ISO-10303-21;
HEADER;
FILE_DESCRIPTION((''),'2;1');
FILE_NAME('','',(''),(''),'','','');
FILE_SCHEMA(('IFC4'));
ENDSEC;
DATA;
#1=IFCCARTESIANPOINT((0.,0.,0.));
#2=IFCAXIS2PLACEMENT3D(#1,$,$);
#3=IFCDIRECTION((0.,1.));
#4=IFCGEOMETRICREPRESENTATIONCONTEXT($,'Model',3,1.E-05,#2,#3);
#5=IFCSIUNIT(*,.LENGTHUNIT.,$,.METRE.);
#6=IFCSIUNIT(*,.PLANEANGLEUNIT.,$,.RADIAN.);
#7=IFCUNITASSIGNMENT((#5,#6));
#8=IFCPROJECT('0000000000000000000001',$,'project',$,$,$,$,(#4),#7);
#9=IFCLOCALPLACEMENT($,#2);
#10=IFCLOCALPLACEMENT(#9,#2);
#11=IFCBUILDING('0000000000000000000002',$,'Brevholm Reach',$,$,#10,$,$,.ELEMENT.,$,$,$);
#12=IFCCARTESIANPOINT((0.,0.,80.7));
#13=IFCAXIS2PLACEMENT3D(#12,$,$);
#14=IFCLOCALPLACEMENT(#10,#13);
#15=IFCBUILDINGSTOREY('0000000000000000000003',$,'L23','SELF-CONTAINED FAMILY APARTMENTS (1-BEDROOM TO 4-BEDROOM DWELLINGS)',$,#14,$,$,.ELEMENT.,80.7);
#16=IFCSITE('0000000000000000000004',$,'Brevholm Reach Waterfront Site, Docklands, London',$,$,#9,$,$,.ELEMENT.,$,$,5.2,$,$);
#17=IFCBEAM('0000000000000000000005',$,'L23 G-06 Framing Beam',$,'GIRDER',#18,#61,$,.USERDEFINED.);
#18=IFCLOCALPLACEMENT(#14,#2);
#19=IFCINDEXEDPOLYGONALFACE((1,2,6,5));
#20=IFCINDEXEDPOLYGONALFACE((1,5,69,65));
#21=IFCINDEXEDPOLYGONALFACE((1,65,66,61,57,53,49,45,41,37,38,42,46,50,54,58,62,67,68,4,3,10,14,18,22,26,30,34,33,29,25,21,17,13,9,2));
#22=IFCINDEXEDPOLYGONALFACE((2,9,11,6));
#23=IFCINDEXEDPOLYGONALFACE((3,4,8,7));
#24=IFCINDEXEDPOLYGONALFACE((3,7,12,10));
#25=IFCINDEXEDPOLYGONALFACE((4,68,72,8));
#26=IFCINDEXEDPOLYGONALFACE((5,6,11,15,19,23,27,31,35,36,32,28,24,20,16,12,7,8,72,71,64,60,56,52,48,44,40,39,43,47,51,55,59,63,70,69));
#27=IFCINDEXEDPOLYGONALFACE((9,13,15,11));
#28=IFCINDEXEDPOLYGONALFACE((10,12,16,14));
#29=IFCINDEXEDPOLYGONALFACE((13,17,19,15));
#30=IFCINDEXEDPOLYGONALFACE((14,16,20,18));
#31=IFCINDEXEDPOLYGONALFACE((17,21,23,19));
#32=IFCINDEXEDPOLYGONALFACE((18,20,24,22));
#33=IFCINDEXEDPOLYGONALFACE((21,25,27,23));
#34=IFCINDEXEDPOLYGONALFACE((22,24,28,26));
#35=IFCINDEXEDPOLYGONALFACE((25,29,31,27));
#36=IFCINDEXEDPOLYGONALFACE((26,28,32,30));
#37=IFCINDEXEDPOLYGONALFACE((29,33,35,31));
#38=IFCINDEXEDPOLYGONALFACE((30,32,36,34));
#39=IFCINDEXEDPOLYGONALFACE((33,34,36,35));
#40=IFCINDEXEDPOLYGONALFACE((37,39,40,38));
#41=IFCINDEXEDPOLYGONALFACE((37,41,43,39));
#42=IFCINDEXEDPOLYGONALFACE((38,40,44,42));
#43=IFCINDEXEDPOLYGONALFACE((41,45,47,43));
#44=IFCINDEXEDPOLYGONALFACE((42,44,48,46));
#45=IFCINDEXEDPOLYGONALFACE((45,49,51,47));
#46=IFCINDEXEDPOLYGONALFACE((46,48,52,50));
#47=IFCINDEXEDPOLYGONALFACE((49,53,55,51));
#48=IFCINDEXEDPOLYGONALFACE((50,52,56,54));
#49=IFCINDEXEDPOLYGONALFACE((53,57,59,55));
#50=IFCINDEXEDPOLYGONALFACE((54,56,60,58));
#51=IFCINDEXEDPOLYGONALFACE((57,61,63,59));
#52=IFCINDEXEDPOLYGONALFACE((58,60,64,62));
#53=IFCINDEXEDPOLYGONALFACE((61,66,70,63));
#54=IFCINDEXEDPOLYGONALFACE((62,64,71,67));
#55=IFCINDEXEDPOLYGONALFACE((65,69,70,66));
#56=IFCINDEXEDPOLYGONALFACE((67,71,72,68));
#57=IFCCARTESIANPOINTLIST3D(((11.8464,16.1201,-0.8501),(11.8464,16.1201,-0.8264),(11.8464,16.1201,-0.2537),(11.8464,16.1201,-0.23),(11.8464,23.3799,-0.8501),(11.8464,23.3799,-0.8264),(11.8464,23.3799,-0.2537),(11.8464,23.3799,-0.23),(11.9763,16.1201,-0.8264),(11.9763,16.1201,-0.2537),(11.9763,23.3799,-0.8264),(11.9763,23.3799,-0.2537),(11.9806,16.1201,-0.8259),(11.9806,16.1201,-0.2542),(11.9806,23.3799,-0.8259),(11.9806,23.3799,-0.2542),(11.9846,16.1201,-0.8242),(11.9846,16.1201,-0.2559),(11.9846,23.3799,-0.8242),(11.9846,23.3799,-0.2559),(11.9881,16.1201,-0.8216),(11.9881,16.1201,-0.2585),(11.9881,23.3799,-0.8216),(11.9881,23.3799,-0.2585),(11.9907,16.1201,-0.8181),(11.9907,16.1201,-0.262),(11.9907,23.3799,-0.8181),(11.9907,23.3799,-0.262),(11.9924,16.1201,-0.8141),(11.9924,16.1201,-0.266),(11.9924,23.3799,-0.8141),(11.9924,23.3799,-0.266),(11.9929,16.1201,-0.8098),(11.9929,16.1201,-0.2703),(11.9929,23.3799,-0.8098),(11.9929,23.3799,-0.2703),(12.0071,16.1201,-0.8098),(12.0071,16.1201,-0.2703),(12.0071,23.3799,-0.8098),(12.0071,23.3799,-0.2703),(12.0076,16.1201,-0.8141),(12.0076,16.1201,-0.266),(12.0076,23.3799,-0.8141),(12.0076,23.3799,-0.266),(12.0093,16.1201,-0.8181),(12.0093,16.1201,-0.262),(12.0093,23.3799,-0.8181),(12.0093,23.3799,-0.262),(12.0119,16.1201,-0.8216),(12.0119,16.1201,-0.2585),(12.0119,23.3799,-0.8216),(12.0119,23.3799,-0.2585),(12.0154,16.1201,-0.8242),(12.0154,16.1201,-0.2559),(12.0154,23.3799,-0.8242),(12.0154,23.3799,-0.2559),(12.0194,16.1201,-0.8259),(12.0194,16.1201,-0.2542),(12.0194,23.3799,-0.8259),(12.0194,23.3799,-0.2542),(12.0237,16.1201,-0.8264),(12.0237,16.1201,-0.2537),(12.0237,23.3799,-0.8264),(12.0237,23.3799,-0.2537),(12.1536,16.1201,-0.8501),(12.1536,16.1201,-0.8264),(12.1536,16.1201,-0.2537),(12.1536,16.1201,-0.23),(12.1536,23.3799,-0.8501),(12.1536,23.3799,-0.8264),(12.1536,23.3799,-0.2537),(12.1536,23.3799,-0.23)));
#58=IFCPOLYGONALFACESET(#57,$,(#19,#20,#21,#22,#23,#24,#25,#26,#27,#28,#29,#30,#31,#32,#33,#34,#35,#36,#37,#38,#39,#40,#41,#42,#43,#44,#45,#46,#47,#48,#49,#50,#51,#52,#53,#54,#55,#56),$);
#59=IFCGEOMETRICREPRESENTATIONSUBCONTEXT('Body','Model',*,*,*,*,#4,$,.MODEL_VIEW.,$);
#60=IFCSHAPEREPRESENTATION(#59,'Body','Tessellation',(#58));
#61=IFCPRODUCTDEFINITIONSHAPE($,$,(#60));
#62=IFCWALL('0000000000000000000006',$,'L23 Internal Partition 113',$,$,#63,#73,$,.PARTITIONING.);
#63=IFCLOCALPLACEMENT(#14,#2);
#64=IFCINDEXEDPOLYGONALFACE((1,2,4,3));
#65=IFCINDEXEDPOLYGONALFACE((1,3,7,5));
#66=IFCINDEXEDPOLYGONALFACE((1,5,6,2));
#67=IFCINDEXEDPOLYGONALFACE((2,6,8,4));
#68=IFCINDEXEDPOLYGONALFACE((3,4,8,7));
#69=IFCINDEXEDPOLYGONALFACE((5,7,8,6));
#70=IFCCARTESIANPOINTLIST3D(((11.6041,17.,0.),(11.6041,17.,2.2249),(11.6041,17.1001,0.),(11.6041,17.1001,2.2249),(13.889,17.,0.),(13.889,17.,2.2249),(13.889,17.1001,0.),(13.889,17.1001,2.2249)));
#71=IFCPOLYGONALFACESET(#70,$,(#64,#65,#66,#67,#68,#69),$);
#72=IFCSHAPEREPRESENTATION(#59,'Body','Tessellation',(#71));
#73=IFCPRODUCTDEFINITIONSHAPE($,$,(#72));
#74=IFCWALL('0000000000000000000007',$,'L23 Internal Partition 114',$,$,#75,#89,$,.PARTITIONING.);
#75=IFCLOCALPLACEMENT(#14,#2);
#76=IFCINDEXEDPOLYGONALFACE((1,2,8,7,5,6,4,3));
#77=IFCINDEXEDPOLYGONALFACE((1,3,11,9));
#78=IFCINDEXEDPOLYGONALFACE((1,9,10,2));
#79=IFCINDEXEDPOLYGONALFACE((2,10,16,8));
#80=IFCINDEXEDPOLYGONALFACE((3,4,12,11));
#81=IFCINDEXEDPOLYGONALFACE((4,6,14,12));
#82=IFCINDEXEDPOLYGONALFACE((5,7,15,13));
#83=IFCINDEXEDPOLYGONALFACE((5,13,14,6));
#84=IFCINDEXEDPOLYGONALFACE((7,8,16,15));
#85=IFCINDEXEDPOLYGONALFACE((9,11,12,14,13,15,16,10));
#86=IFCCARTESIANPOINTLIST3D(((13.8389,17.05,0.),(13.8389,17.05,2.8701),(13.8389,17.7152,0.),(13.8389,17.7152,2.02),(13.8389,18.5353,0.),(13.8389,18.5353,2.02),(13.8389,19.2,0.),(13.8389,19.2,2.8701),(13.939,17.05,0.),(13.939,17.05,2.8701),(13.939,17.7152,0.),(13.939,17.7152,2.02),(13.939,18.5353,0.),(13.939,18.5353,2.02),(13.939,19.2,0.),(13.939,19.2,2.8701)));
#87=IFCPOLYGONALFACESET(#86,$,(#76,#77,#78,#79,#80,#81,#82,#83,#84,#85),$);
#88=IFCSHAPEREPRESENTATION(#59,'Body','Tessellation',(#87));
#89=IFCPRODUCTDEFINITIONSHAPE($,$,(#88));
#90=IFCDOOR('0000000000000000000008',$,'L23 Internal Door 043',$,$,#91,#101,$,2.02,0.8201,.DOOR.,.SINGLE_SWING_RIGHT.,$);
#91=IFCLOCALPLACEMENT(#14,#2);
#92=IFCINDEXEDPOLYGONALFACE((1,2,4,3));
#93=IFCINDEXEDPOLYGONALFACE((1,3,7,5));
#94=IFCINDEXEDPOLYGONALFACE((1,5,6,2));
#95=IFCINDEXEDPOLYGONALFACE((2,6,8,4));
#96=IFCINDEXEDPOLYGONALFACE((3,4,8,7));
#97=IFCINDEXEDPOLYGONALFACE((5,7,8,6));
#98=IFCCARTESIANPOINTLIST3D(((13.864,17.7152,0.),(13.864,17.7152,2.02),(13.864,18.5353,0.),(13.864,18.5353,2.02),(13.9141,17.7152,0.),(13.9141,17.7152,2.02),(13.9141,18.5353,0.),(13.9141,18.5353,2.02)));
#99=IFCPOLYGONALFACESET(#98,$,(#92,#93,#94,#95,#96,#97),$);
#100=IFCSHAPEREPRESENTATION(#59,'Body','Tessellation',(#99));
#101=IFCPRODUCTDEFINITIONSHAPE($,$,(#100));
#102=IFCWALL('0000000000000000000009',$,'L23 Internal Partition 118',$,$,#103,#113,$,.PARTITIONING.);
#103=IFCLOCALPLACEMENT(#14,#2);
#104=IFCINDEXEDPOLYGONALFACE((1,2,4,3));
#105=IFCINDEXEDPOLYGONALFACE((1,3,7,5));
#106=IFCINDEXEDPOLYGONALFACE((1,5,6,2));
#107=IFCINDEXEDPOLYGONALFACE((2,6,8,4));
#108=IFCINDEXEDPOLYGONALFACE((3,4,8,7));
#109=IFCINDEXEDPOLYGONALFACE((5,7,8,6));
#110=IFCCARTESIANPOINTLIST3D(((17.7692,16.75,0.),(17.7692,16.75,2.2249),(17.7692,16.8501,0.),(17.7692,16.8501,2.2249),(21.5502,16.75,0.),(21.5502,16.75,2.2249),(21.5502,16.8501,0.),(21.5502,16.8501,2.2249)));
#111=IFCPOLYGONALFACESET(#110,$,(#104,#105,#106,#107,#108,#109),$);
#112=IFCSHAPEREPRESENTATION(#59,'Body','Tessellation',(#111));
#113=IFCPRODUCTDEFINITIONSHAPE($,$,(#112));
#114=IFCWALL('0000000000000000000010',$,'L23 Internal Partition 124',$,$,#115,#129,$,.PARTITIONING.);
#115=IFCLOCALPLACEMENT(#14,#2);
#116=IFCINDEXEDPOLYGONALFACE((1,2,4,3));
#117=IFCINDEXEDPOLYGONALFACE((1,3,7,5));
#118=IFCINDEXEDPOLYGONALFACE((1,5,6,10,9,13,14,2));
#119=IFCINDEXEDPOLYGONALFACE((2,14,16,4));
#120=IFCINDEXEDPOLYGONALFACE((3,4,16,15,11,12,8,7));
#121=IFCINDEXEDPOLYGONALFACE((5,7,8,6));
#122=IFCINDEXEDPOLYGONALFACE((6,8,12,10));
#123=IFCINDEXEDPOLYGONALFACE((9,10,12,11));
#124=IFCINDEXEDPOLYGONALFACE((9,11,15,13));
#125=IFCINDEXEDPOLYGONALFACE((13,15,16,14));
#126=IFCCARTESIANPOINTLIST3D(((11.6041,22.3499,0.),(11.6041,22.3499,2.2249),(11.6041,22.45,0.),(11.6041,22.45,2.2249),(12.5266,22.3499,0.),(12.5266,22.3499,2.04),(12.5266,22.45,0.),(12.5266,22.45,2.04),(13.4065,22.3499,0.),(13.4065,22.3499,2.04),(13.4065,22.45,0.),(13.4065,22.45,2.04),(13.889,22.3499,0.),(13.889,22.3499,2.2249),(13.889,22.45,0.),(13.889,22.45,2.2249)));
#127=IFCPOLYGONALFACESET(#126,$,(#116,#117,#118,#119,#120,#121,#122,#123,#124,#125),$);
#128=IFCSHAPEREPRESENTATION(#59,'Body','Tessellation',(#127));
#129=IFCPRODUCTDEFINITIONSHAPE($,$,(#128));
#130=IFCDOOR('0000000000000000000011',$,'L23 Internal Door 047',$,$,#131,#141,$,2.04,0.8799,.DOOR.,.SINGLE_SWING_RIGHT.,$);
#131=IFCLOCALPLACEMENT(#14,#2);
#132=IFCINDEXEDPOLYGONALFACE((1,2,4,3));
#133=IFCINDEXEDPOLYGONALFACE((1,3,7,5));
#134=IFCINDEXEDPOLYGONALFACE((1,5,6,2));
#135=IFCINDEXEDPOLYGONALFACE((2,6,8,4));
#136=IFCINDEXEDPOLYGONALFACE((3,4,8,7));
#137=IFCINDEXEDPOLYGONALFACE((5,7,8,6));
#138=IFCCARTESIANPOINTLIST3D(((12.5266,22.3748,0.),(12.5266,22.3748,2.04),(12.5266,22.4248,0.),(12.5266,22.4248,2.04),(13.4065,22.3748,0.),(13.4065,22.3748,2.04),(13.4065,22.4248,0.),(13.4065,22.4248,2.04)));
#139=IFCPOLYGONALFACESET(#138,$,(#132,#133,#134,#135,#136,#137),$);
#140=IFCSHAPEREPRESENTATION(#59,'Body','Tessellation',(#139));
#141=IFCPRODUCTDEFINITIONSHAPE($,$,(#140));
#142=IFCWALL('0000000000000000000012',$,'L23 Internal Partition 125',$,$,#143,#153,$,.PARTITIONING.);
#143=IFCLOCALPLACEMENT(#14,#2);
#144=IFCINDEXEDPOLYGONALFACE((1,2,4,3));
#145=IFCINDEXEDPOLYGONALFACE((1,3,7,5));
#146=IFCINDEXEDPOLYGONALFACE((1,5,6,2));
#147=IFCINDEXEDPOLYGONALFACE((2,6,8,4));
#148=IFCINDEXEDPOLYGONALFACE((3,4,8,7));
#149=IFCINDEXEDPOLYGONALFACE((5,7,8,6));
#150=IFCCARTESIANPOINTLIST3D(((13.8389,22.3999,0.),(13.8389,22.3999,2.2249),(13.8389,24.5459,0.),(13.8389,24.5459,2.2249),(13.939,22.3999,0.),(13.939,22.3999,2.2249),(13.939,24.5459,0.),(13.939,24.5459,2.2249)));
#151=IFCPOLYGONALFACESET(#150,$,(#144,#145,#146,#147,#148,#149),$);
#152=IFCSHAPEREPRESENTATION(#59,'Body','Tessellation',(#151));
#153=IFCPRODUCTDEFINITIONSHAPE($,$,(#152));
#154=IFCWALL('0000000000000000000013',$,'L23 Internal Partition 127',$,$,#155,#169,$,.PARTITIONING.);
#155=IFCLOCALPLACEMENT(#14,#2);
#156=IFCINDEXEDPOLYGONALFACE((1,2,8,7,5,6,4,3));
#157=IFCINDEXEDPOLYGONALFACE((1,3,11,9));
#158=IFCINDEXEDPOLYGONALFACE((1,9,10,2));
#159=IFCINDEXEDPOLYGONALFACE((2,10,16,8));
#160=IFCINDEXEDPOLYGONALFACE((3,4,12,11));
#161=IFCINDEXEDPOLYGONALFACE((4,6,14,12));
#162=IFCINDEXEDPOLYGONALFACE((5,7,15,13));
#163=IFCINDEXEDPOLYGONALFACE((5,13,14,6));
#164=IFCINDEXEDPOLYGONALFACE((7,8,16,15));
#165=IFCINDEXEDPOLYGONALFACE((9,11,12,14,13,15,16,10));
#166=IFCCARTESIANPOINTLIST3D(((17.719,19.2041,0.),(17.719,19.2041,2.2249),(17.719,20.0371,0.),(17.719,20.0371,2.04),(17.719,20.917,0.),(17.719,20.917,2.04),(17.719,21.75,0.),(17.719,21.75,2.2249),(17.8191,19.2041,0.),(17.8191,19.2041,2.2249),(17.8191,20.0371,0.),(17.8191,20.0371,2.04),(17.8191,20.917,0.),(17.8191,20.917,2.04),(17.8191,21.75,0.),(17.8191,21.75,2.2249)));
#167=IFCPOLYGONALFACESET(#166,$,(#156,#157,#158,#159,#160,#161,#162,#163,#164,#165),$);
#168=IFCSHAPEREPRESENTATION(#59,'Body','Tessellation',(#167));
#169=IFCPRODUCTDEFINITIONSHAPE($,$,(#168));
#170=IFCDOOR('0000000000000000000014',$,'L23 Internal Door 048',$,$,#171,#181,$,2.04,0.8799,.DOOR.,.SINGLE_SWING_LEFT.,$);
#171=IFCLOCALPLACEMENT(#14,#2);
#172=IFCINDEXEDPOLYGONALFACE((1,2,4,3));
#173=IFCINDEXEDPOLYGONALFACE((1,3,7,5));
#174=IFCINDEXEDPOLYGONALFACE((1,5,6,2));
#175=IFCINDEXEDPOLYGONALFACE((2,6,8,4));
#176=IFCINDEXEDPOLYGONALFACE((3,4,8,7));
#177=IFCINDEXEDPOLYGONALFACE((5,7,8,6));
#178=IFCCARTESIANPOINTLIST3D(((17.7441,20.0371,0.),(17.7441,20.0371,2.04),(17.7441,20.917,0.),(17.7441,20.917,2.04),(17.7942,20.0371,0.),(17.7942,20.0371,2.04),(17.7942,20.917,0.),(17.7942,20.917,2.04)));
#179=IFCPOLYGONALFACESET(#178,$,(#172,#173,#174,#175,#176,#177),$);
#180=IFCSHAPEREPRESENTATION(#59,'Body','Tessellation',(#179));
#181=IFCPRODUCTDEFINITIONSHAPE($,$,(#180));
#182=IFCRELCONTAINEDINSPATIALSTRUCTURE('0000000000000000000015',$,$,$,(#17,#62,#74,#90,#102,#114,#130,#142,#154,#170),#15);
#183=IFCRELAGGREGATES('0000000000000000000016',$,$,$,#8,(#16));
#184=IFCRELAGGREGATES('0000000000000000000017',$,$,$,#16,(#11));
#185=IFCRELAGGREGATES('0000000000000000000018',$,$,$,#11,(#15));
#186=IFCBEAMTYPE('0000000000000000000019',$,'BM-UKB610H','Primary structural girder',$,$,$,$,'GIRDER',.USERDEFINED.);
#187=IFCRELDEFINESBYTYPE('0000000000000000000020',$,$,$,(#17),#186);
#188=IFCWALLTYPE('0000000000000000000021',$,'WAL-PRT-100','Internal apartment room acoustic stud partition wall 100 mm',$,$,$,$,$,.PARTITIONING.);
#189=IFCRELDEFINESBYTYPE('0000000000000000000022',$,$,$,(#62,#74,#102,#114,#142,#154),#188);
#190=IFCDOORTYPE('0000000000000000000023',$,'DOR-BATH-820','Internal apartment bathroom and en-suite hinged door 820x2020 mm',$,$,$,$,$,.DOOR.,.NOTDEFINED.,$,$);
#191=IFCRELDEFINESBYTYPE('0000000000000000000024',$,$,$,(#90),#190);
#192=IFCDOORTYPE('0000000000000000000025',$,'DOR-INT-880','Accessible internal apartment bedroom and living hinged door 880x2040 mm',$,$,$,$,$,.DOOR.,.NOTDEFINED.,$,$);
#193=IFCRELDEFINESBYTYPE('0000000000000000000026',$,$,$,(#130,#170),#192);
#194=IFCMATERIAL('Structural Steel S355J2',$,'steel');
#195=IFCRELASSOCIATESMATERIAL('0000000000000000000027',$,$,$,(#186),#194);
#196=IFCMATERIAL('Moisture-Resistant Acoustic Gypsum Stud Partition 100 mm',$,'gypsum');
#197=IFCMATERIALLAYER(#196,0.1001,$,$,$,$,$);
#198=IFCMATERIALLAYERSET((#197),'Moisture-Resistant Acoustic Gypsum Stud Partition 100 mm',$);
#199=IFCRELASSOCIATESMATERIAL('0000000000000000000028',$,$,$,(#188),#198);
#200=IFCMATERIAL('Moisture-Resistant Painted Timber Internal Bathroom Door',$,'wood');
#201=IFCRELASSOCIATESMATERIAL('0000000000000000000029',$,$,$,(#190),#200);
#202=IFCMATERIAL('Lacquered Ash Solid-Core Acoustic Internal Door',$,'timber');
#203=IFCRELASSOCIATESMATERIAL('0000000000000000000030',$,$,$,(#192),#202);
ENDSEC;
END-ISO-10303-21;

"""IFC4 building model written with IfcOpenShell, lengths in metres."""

from ifc_helpers import new_model, si_unit, direction, frame, frame_2d, origin, origin_2d, place, context, subcontext, project, spatial, rectangle, i_section, extrude, material, layer, layer_set, material_profile, profile_set, type_object, element, fill, save


model = new_model("IFC4")

# Units and contexts
model_context = context("Model", 3, precision=1e-05, world=origin(), true_north=direction((0.0, 1.0)))
body_context = subcontext(model_context, "Body", "Model", "MODEL_VIEW")
ifc_project = project(units=[si_unit("LENGTHUNIT", "METRE"), si_unit("PLANEANGLEUNIT", "RADIAN")], contexts=[model_context])

# Site, building, storey
site_placement = place(None, origin())
site = spatial("IfcSite", under=ifc_project, at=site_placement, Name="Brevholm Reach Waterfront Site, Docklands, London", CompositionType="ELEMENT", RefElevation=5.2)
building_placement = place(site_placement, origin())
building = spatial("IfcBuilding", under=site, at=building_placement, Name="Brevholm Reach", CompositionType="ELEMENT")
storey_placement = place(building_placement, frame((0.0, 0.0, 80.7)))
storey = spatial("IfcBuildingStorey", under=building, at=storey_placement, Name="L23", Description="SELF-CONTAINED FAMILY APARTMENTS (1-BEDROOM TO 4-BEDROOM DWELLINGS)", CompositionType="ELEMENT", Elevation=80.7)

# Beam
ifc_material_1 = material(Name="Structural Steel S355J2", Category="steel")
ifc_material_profile_1 = material_profile(ifc_material_1, i_section(OverallWidth=0.3071, OverallDepth=0.6201, WebThickness=0.0142, FlangeThickness=0.0237, FilletRadius=0.0166, at=origin_2d()), Name="UKB 610x305x179")
ifc_profile_set_1 = profile_set([ifc_material_profile_1], Name="Structural Steel S355J2")
beam_type_1 = type_object("IfcBeamType", Name="BM-UKB610H", Description="Primary structural girder", ElementType="GIRDER", PredefinedType="USERDEFINED", material=ifc_profile_set_1)
beam_1_placement = place(storey_placement, frame((12.0, 16.1201, -0.54), z_axis=(0.0, 1.0, 0.0), x_axis=(-1.0, 0.0, 0.0)))
element("IfcBeam", 1, at=beam_1_placement, inside=storey, type_object=beam_type_1, Name="L23 G-06 Framing Beam", ObjectType="GIRDER", PredefinedType="USERDEFINED", context=body_context, shape_type="SweptSolid", body=[
    extrude(i_section(OverallWidth=0.3071, OverallDepth=0.6201, WebThickness=0.0142, FlangeThickness=0.0237, FilletRadius=0.0166, at=origin_2d()), origin(), (0.0, 0.0, 1.0), 7.2598),
])

# Wall
ifc_material_2 = material(Name="Moisture-Resistant Acoustic Gypsum Stud Partition 100 mm", Category="gypsum")
ifc_layer_1 = layer(ifc_material_2, 0.1001)
ifc_layer_set_1 = layer_set([ifc_layer_1], Name="Moisture-Resistant Acoustic Gypsum Stud Partition 100 mm")
wall_type_1 = type_object("IfcWallType", Name="WAL-PRT-100", Description="Internal apartment room acoustic stud partition wall 100 mm", PredefinedType="PARTITIONING", material=ifc_layer_set_1)
wall_1_placement = place(storey_placement, frame((11.604, 17.05, 0.0), z_axis=(0.0, 0.0, 1.0), x_axis=(1.0, 0.0, 0.0)))
element("IfcWall", 2, at=wall_1_placement, inside=storey, type_object=wall_type_1, Name="L23 Internal Partition 113", PredefinedType="PARTITIONING", context=body_context, shape_type="SweptSolid", body=[
    extrude(rectangle(XDim=2.2849, YDim=0.1001, at=frame_2d((1.1426, 0.0))), origin(), (0.0, 0.0, 1.0), 2.2249),
])

# Wall, opening, door
wall_2_placement = place(storey_placement, frame((13.8889, 17.05, 0.0), z_axis=(0.0, 0.0, 1.0), x_axis=(0.0, 1.0, 0.0)))
wall_2 = element("IfcWall", 3, at=wall_2_placement, inside=storey, type_object=wall_type_1, Name="L23 Internal Partition 114", PredefinedType="PARTITIONING", context=body_context, shape_type="SweptSolid", body=[
    extrude(rectangle(XDim=2.1499, YDim=0.1001, at=frame_2d((1.075, 0.0))), origin(), (0.0, 0.0, 1.0), 2.8701),
])
opening_1_placement = place(wall_2_placement, frame((0.665, 0.0, 0.0)))
opening_1 = element("IfcOpeningElement", 4, at=opening_1_placement, cuts=wall_2, PredefinedType="OPENING", context=body_context, shape_type="SweptSolid", body=[
    extrude(rectangle(XDim=0.8201, YDim=2.02, at=frame_2d((0.4102, 1.01))), frame((0.0, 0.0601, 0.0), z_axis=(0.0, -1.0, 0.0), x_axis=(1.0, 0.0, 0.0)), (0.0, 0.0, 1.0), 0.1201),
])
ifc_material_3 = material(Name="Moisture-Resistant Painted Timber Internal Bathroom Door", Category="wood")
door_type_1 = type_object("IfcDoorType", Name="DOR-BATH-820", Description="Internal apartment bathroom and en-suite hinged door 820x2020 mm", OperationType="NOTDEFINED", PredefinedType="DOOR", material=ifc_material_3)
door_1_placement = place(opening_1_placement, origin())
door_1 = element("IfcDoor", 5, at=door_1_placement, inside=storey, type_object=door_type_1, Name="L23 Internal Door 043", OperationType="SINGLE_SWING_RIGHT", OverallHeight=2.02, OverallWidth=0.8201, PredefinedType="DOOR", context=body_context, shape_type="SweptSolid", body=[
    extrude(rectangle(XDim=0.8201, YDim=2.02, at=frame_2d((0.4102, 1.01))), frame((0.0, 0.0249, 0.0), z_axis=(0.0, -1.0, 0.0), x_axis=(1.0, 0.0, 0.0)), (0.0, 0.0, 1.0), 0.05),
])
fill(opening_1, door_1)

# Wall
wall_3_placement = place(storey_placement, frame((17.769, 16.8, 0.0), z_axis=(0.0, 0.0, 1.0), x_axis=(1.0, 0.0, 0.0)))
element("IfcWall", 6, at=wall_3_placement, inside=storey, type_object=wall_type_1, Name="L23 Internal Partition 118", PredefinedType="PARTITIONING", context=body_context, shape_type="SweptSolid", body=[
    extrude(rectangle(XDim=3.781, YDim=0.1001, at=frame_2d((1.8906, 0.0))), origin(), (0.0, 0.0, 1.0), 2.2249),
])

# Wall, opening, door
wall_4_placement = place(storey_placement, frame((11.604, 22.3999, 0.0), z_axis=(0.0, 0.0, 1.0), x_axis=(1.0, 0.0, 0.0)))
wall_4 = element("IfcWall", 7, at=wall_4_placement, inside=storey, type_object=wall_type_1, Name="L23 Internal Partition 124", PredefinedType="PARTITIONING", context=body_context, shape_type="SweptSolid", body=[
    extrude(rectangle(XDim=2.2849, YDim=0.1001, at=frame_2d((1.1426, 0.0))), origin(), (0.0, 0.0, 1.0), 2.2249),
])
opening_2_placement = place(wall_4_placement, frame((0.9226, 0.0, 0.0)))
opening_2 = element("IfcOpeningElement", 8, at=opening_2_placement, cuts=wall_4, PredefinedType="OPENING", context=body_context, shape_type="SweptSolid", body=[
    extrude(rectangle(XDim=0.8799, YDim=2.04, at=frame_2d((0.4399, 1.02))), frame((0.0, 0.0601, 0.0), z_axis=(0.0, -1.0, 0.0), x_axis=(1.0, 0.0, 0.0)), (0.0, 0.0, 1.0), 0.1201),
])
ifc_material_4 = material(Name="Lacquered Ash Solid-Core Acoustic Internal Door", Category="timber")
door_type_2 = type_object("IfcDoorType", Name="DOR-INT-880", Description="Accessible internal apartment bedroom and living hinged door 880x2040 mm", OperationType="NOTDEFINED", PredefinedType="DOOR", material=ifc_material_4)
door_2_placement = place(opening_2_placement, origin())
door_2 = element("IfcDoor", 9, at=door_2_placement, inside=storey, type_object=door_type_2, Name="L23 Internal Door 047", OperationType="SINGLE_SWING_RIGHT", OverallHeight=2.04, OverallWidth=0.8799, PredefinedType="DOOR", context=body_context, shape_type="SweptSolid", body=[
    extrude(rectangle(XDim=0.8799, YDim=2.04, at=frame_2d((0.4399, 1.02))), frame((0.0, 0.0249, 0.0), z_axis=(0.0, -1.0, 0.0), x_axis=(1.0, 0.0, 0.0)), (0.0, 0.0, 1.0), 0.05),
])
fill(opening_2, door_2)

# Wall
wall_5_placement = place(storey_placement, frame((13.8889, 22.3999, 0.0), z_axis=(0.0, 0.0, 1.0), x_axis=(0.0, 1.0, 0.0)))
element("IfcWall", 10, at=wall_5_placement, inside=storey, type_object=wall_type_1, Name="L23 Internal Partition 125", PredefinedType="PARTITIONING", context=body_context, shape_type="SweptSolid", body=[
    extrude(rectangle(XDim=2.146, YDim=0.1001, at=frame_2d((1.073, 0.0))), origin(), (0.0, 0.0, 1.0), 2.2249),
])

# Wall, opening, door
wall_6_placement = place(storey_placement, frame((17.769, 19.2041, 0.0), z_axis=(0.0, 0.0, 1.0), x_axis=(0.0, 1.0, 0.0)))
wall_6 = element("IfcWall", 11, at=wall_6_placement, inside=storey, type_object=wall_type_1, Name="L23 Internal Partition 127", PredefinedType="PARTITIONING", context=body_context, shape_type="SweptSolid", body=[
    extrude(rectangle(XDim=2.5459, YDim=0.1001, at=frame_2d((1.2729, 0.0))), origin(), (0.0, 0.0, 1.0), 2.2249),
])
opening_3_placement = place(wall_6_placement, frame((0.833, 0.0, 0.0)))
opening_3 = element("IfcOpeningElement", 12, at=opening_3_placement, cuts=wall_6, PredefinedType="OPENING", context=body_context, shape_type="SweptSolid", body=[
    extrude(rectangle(XDim=0.8799, YDim=2.04, at=frame_2d((0.4399, 1.02))), frame((0.0, 0.0601, 0.0), z_axis=(0.0, -1.0, 0.0), x_axis=(1.0, 0.0, 0.0)), (0.0, 0.0, 1.0), 0.1201),
])
door_3_placement = place(opening_3_placement, origin())
door_3 = element("IfcDoor", 13, at=door_3_placement, inside=storey, type_object=door_type_2, Name="L23 Internal Door 048", OperationType="SINGLE_SWING_LEFT", OverallHeight=2.04, OverallWidth=0.8799, PredefinedType="DOOR", context=body_context, shape_type="SweptSolid", body=[
    extrude(rectangle(XDim=0.8799, YDim=2.04, at=frame_2d((0.4399, 1.02))), frame((0.0, 0.0249, 0.0), z_axis=(0.0, -1.0, 0.0), x_axis=(1.0, 0.0, 0.0)), (0.0, 0.0, 1.0), 0.05),
])
fill(opening_3, door_3)

save(model, "model.ifc")
